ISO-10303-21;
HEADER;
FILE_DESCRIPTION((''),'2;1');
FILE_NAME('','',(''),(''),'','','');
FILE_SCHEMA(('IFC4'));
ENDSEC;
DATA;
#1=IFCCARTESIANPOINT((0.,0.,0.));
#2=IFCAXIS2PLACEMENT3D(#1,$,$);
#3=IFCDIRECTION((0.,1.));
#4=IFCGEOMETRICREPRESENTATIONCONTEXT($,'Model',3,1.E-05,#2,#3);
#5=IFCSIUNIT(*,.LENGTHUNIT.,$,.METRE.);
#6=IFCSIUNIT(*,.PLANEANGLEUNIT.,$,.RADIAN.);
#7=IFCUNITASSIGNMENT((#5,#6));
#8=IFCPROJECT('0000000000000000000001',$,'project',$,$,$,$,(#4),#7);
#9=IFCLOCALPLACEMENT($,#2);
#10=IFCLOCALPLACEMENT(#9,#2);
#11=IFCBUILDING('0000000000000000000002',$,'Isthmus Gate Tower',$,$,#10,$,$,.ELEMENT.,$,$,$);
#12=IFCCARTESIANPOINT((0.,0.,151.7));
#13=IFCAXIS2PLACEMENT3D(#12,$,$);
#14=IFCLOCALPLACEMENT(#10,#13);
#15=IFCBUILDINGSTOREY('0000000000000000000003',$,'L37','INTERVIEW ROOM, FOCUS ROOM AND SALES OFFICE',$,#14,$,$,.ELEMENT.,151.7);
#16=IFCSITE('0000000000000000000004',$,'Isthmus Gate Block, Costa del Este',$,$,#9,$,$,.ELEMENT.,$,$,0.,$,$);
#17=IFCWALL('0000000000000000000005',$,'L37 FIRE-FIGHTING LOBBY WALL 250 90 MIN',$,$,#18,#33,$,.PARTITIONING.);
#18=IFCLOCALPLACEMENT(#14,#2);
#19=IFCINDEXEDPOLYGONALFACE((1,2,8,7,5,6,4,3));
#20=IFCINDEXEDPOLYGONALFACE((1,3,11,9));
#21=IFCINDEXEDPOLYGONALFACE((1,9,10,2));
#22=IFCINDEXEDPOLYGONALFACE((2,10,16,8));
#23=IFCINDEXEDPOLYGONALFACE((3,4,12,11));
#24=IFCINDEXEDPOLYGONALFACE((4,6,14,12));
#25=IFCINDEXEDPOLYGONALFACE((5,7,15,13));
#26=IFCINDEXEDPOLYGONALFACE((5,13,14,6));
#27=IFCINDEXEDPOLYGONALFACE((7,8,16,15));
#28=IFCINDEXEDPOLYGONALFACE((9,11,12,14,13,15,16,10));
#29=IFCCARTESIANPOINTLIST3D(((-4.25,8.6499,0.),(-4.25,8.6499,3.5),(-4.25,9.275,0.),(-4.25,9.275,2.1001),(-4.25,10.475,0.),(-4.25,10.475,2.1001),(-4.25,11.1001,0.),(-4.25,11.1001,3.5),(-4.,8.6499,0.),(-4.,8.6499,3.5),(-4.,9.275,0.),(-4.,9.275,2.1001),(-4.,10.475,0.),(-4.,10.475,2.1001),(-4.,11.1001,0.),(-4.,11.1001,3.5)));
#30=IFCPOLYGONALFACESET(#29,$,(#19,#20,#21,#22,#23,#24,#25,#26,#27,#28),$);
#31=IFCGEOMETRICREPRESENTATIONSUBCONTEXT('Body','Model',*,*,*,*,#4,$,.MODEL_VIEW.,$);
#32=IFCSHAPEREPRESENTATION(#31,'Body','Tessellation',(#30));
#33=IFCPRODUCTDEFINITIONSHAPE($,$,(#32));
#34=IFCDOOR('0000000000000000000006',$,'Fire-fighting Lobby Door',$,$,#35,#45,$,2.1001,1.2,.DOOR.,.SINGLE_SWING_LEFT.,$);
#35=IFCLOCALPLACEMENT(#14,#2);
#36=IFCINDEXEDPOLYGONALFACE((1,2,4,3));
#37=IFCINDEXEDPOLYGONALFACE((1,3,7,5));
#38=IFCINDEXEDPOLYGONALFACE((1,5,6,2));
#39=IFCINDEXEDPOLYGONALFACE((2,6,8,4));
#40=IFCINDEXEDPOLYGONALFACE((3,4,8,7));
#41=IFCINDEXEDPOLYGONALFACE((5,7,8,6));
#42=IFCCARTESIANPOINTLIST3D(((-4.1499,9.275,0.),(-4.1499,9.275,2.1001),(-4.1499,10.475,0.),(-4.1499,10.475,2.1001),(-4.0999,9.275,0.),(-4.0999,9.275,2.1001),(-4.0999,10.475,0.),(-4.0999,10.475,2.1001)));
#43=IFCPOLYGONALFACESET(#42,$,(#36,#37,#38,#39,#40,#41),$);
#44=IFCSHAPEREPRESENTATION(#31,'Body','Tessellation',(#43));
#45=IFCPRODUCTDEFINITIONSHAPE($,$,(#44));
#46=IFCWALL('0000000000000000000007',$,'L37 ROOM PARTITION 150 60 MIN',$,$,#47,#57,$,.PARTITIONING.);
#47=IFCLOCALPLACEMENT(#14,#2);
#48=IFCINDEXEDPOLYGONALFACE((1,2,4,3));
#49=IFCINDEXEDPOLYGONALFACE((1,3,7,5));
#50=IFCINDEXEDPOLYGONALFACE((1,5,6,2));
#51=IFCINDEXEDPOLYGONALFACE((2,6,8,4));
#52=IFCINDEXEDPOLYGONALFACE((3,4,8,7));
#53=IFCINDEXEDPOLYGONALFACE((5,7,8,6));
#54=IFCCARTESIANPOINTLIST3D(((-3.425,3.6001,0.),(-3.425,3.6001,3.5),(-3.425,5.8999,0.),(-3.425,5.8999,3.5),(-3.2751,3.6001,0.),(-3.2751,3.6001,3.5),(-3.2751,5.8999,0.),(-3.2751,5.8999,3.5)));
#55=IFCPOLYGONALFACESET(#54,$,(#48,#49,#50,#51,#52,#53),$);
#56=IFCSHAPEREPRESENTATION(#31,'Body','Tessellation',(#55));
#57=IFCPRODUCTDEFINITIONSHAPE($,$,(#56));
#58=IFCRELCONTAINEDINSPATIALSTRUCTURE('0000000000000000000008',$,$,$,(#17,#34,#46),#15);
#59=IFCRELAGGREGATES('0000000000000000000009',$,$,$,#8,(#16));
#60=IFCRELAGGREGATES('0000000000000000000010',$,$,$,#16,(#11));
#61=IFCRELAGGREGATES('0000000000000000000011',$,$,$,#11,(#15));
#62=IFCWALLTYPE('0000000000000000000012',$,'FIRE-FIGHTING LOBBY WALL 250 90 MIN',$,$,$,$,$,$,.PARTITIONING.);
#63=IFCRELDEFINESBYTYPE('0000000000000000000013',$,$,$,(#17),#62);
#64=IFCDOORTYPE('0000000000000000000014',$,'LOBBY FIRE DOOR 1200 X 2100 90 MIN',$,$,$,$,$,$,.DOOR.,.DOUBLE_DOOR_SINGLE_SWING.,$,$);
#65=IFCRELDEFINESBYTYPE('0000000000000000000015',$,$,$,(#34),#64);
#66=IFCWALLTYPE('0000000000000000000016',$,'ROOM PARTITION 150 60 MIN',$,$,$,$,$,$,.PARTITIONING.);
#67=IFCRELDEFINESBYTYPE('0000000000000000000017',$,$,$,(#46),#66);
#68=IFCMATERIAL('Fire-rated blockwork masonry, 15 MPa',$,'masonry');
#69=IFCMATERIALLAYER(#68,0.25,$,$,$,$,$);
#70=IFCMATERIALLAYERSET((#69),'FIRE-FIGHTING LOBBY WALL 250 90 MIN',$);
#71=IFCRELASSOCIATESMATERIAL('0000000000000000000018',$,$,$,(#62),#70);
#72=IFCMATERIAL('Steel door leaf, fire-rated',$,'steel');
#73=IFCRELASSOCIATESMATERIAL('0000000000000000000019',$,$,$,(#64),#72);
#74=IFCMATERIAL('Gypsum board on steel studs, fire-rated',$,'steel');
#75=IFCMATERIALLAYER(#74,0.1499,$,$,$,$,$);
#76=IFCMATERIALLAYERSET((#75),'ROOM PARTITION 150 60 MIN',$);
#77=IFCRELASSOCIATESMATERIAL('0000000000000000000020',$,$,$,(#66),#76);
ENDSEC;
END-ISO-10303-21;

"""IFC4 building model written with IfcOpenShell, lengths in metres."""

from ifc_helpers import new_model, si_unit, direction, frame, frame_2d, origin, place, context, subcontext, project, spatial, rectangle, extrude, material, layer, layer_set, type_object, element, fill, save


model = new_model("IFC4")

# Units and contexts
model_context = context("Model", 3, precision=1e-05, world=origin(), true_north=direction((0.0, 1.0)))
body_context = subcontext(model_context, "Body", "Model", "MODEL_VIEW")
ifc_project = project(units=[si_unit("LENGTHUNIT", "METRE"), si_unit("PLANEANGLEUNIT", "RADIAN")], contexts=[model_context])

# Site, building, storey
site_placement = place(None, origin())
site = spatial("IfcSite", under=ifc_project, at=site_placement, Name="Isthmus Gate Block, Costa del Este", CompositionType="ELEMENT", RefElevation=0.0)
building_placement = place(site_placement, origin())
building = spatial("IfcBuilding", under=site, at=building_placement, Name="Isthmus Gate Tower", CompositionType="ELEMENT")
storey_placement = place(building_placement, frame((0.0, 0.0, 151.7)))
storey = spatial("IfcBuildingStorey", under=building, at=storey_placement, Name="L37", Description="INTERVIEW ROOM, FOCUS ROOM AND SALES OFFICE", CompositionType="ELEMENT", Elevation=151.7)

# Wall, opening, door
ifc_material_1 = material(Name="Fire-rated blockwork masonry, 15 MPa", Category="masonry")
ifc_layer_1 = layer(ifc_material_1, 0.25)
ifc_layer_set_1 = layer_set([ifc_layer_1], Name="FIRE-FIGHTING LOBBY WALL 250 90 MIN")
wall_type_1 = type_object("IfcWallType", Name="FIRE-FIGHTING LOBBY WALL 250 90 MIN", PredefinedType="PARTITIONING", material=ifc_layer_set_1)
wall_1_placement = place(storey_placement, frame((-4.125, 8.6499, 0.0), z_axis=(0.0, 0.0, 1.0), x_axis=(0.0, 1.0, 0.0)))
wall_1 = element("IfcWall", 1, at=wall_1_placement, inside=storey, type_object=wall_type_1, Name="L37 FIRE-FIGHTING LOBBY WALL 250 90 MIN", PredefinedType="PARTITIONING", context=body_context, shape_type="SweptSolid", body=[
    extrude(rectangle(XDim=2.4502, YDim=0.25, at=frame_2d((1.2251, 0.0))), origin(), (0.0, 0.0, 1.0), 3.5),
])
opening_1_placement = place(wall_1_placement, frame((0.625, 0.0, 0.0)))
opening_1 = element("IfcOpeningElement", 2, at=opening_1_placement, cuts=wall_1, PredefinedType="OPENING", context=body_context, shape_type="SweptSolid", body=[
    extrude(rectangle(XDim=1.2, YDim=2.1001, at=frame_2d((0.6001, 1.05))), frame((0.0, 0.135, 0.0), z_axis=(0.0, -1.0, 0.0), x_axis=(1.0, 0.0, 0.0)), (0.0, 0.0, 1.0), 0.27),
])
ifc_material_2 = material(Name="Steel door leaf, fire-rated", Category="steel")
door_type_1 = type_object("IfcDoorType", Name="LOBBY FIRE DOOR 1200 X 2100 90 MIN", OperationType="DOUBLE_DOOR_SINGLE_SWING", PredefinedType="DOOR", material=ifc_material_2)
door_1_placement = place(opening_1_placement, origin())
door_1 = element("IfcDoor", 3, at=door_1_placement, inside=storey, type_object=door_type_1, Name="Fire-fighting Lobby Door", OperationType="SINGLE_SWING_LEFT", OverallHeight=2.1001, OverallWidth=1.2, PredefinedType="DOOR", context=body_context, shape_type="SweptSolid", body=[
    extrude(rectangle(XDim=1.2, YDim=2.1001, at=frame_2d((0.6001, 1.05))), frame((0.0, 0.0249, 0.0), z_axis=(0.0, -1.0, 0.0), x_axis=(1.0, 0.0, 0.0)), (0.0, 0.0, 1.0), 0.05),
])
fill(opening_1, door_1)

# Wall
ifc_material_3 = material(Name="Gypsum board on steel studs, fire-rated", Category="steel")
ifc_layer_2 = layer(ifc_material_3, 0.1499)
ifc_layer_set_2 = layer_set([ifc_layer_2], Name="ROOM PARTITION 150 60 MIN")
wall_type_2 = type_object("IfcWallType", Name="ROOM PARTITION 150 60 MIN", PredefinedType="PARTITIONING", material=ifc_layer_set_2)
wall_2_placement = place(storey_placement, frame((-3.3501, 3.6001, 0.0), z_axis=(0.0, 0.0, 1.0), x_axis=(0.0, 1.0, 0.0)))
element("IfcWall", 4, at=wall_2_placement, inside=storey, type_object=wall_type_2, Name="L37 ROOM PARTITION 150 60 MIN", PredefinedType="PARTITIONING", context=body_context, shape_type="SweptSolid", body=[
    extrude(rectangle(XDim=2.2998, YDim=0.1499, at=frame_2d((1.1499, 0.0))), origin(), (0.0, 0.0, 1.0), 3.5),
])

save(model, "model.ifc")
